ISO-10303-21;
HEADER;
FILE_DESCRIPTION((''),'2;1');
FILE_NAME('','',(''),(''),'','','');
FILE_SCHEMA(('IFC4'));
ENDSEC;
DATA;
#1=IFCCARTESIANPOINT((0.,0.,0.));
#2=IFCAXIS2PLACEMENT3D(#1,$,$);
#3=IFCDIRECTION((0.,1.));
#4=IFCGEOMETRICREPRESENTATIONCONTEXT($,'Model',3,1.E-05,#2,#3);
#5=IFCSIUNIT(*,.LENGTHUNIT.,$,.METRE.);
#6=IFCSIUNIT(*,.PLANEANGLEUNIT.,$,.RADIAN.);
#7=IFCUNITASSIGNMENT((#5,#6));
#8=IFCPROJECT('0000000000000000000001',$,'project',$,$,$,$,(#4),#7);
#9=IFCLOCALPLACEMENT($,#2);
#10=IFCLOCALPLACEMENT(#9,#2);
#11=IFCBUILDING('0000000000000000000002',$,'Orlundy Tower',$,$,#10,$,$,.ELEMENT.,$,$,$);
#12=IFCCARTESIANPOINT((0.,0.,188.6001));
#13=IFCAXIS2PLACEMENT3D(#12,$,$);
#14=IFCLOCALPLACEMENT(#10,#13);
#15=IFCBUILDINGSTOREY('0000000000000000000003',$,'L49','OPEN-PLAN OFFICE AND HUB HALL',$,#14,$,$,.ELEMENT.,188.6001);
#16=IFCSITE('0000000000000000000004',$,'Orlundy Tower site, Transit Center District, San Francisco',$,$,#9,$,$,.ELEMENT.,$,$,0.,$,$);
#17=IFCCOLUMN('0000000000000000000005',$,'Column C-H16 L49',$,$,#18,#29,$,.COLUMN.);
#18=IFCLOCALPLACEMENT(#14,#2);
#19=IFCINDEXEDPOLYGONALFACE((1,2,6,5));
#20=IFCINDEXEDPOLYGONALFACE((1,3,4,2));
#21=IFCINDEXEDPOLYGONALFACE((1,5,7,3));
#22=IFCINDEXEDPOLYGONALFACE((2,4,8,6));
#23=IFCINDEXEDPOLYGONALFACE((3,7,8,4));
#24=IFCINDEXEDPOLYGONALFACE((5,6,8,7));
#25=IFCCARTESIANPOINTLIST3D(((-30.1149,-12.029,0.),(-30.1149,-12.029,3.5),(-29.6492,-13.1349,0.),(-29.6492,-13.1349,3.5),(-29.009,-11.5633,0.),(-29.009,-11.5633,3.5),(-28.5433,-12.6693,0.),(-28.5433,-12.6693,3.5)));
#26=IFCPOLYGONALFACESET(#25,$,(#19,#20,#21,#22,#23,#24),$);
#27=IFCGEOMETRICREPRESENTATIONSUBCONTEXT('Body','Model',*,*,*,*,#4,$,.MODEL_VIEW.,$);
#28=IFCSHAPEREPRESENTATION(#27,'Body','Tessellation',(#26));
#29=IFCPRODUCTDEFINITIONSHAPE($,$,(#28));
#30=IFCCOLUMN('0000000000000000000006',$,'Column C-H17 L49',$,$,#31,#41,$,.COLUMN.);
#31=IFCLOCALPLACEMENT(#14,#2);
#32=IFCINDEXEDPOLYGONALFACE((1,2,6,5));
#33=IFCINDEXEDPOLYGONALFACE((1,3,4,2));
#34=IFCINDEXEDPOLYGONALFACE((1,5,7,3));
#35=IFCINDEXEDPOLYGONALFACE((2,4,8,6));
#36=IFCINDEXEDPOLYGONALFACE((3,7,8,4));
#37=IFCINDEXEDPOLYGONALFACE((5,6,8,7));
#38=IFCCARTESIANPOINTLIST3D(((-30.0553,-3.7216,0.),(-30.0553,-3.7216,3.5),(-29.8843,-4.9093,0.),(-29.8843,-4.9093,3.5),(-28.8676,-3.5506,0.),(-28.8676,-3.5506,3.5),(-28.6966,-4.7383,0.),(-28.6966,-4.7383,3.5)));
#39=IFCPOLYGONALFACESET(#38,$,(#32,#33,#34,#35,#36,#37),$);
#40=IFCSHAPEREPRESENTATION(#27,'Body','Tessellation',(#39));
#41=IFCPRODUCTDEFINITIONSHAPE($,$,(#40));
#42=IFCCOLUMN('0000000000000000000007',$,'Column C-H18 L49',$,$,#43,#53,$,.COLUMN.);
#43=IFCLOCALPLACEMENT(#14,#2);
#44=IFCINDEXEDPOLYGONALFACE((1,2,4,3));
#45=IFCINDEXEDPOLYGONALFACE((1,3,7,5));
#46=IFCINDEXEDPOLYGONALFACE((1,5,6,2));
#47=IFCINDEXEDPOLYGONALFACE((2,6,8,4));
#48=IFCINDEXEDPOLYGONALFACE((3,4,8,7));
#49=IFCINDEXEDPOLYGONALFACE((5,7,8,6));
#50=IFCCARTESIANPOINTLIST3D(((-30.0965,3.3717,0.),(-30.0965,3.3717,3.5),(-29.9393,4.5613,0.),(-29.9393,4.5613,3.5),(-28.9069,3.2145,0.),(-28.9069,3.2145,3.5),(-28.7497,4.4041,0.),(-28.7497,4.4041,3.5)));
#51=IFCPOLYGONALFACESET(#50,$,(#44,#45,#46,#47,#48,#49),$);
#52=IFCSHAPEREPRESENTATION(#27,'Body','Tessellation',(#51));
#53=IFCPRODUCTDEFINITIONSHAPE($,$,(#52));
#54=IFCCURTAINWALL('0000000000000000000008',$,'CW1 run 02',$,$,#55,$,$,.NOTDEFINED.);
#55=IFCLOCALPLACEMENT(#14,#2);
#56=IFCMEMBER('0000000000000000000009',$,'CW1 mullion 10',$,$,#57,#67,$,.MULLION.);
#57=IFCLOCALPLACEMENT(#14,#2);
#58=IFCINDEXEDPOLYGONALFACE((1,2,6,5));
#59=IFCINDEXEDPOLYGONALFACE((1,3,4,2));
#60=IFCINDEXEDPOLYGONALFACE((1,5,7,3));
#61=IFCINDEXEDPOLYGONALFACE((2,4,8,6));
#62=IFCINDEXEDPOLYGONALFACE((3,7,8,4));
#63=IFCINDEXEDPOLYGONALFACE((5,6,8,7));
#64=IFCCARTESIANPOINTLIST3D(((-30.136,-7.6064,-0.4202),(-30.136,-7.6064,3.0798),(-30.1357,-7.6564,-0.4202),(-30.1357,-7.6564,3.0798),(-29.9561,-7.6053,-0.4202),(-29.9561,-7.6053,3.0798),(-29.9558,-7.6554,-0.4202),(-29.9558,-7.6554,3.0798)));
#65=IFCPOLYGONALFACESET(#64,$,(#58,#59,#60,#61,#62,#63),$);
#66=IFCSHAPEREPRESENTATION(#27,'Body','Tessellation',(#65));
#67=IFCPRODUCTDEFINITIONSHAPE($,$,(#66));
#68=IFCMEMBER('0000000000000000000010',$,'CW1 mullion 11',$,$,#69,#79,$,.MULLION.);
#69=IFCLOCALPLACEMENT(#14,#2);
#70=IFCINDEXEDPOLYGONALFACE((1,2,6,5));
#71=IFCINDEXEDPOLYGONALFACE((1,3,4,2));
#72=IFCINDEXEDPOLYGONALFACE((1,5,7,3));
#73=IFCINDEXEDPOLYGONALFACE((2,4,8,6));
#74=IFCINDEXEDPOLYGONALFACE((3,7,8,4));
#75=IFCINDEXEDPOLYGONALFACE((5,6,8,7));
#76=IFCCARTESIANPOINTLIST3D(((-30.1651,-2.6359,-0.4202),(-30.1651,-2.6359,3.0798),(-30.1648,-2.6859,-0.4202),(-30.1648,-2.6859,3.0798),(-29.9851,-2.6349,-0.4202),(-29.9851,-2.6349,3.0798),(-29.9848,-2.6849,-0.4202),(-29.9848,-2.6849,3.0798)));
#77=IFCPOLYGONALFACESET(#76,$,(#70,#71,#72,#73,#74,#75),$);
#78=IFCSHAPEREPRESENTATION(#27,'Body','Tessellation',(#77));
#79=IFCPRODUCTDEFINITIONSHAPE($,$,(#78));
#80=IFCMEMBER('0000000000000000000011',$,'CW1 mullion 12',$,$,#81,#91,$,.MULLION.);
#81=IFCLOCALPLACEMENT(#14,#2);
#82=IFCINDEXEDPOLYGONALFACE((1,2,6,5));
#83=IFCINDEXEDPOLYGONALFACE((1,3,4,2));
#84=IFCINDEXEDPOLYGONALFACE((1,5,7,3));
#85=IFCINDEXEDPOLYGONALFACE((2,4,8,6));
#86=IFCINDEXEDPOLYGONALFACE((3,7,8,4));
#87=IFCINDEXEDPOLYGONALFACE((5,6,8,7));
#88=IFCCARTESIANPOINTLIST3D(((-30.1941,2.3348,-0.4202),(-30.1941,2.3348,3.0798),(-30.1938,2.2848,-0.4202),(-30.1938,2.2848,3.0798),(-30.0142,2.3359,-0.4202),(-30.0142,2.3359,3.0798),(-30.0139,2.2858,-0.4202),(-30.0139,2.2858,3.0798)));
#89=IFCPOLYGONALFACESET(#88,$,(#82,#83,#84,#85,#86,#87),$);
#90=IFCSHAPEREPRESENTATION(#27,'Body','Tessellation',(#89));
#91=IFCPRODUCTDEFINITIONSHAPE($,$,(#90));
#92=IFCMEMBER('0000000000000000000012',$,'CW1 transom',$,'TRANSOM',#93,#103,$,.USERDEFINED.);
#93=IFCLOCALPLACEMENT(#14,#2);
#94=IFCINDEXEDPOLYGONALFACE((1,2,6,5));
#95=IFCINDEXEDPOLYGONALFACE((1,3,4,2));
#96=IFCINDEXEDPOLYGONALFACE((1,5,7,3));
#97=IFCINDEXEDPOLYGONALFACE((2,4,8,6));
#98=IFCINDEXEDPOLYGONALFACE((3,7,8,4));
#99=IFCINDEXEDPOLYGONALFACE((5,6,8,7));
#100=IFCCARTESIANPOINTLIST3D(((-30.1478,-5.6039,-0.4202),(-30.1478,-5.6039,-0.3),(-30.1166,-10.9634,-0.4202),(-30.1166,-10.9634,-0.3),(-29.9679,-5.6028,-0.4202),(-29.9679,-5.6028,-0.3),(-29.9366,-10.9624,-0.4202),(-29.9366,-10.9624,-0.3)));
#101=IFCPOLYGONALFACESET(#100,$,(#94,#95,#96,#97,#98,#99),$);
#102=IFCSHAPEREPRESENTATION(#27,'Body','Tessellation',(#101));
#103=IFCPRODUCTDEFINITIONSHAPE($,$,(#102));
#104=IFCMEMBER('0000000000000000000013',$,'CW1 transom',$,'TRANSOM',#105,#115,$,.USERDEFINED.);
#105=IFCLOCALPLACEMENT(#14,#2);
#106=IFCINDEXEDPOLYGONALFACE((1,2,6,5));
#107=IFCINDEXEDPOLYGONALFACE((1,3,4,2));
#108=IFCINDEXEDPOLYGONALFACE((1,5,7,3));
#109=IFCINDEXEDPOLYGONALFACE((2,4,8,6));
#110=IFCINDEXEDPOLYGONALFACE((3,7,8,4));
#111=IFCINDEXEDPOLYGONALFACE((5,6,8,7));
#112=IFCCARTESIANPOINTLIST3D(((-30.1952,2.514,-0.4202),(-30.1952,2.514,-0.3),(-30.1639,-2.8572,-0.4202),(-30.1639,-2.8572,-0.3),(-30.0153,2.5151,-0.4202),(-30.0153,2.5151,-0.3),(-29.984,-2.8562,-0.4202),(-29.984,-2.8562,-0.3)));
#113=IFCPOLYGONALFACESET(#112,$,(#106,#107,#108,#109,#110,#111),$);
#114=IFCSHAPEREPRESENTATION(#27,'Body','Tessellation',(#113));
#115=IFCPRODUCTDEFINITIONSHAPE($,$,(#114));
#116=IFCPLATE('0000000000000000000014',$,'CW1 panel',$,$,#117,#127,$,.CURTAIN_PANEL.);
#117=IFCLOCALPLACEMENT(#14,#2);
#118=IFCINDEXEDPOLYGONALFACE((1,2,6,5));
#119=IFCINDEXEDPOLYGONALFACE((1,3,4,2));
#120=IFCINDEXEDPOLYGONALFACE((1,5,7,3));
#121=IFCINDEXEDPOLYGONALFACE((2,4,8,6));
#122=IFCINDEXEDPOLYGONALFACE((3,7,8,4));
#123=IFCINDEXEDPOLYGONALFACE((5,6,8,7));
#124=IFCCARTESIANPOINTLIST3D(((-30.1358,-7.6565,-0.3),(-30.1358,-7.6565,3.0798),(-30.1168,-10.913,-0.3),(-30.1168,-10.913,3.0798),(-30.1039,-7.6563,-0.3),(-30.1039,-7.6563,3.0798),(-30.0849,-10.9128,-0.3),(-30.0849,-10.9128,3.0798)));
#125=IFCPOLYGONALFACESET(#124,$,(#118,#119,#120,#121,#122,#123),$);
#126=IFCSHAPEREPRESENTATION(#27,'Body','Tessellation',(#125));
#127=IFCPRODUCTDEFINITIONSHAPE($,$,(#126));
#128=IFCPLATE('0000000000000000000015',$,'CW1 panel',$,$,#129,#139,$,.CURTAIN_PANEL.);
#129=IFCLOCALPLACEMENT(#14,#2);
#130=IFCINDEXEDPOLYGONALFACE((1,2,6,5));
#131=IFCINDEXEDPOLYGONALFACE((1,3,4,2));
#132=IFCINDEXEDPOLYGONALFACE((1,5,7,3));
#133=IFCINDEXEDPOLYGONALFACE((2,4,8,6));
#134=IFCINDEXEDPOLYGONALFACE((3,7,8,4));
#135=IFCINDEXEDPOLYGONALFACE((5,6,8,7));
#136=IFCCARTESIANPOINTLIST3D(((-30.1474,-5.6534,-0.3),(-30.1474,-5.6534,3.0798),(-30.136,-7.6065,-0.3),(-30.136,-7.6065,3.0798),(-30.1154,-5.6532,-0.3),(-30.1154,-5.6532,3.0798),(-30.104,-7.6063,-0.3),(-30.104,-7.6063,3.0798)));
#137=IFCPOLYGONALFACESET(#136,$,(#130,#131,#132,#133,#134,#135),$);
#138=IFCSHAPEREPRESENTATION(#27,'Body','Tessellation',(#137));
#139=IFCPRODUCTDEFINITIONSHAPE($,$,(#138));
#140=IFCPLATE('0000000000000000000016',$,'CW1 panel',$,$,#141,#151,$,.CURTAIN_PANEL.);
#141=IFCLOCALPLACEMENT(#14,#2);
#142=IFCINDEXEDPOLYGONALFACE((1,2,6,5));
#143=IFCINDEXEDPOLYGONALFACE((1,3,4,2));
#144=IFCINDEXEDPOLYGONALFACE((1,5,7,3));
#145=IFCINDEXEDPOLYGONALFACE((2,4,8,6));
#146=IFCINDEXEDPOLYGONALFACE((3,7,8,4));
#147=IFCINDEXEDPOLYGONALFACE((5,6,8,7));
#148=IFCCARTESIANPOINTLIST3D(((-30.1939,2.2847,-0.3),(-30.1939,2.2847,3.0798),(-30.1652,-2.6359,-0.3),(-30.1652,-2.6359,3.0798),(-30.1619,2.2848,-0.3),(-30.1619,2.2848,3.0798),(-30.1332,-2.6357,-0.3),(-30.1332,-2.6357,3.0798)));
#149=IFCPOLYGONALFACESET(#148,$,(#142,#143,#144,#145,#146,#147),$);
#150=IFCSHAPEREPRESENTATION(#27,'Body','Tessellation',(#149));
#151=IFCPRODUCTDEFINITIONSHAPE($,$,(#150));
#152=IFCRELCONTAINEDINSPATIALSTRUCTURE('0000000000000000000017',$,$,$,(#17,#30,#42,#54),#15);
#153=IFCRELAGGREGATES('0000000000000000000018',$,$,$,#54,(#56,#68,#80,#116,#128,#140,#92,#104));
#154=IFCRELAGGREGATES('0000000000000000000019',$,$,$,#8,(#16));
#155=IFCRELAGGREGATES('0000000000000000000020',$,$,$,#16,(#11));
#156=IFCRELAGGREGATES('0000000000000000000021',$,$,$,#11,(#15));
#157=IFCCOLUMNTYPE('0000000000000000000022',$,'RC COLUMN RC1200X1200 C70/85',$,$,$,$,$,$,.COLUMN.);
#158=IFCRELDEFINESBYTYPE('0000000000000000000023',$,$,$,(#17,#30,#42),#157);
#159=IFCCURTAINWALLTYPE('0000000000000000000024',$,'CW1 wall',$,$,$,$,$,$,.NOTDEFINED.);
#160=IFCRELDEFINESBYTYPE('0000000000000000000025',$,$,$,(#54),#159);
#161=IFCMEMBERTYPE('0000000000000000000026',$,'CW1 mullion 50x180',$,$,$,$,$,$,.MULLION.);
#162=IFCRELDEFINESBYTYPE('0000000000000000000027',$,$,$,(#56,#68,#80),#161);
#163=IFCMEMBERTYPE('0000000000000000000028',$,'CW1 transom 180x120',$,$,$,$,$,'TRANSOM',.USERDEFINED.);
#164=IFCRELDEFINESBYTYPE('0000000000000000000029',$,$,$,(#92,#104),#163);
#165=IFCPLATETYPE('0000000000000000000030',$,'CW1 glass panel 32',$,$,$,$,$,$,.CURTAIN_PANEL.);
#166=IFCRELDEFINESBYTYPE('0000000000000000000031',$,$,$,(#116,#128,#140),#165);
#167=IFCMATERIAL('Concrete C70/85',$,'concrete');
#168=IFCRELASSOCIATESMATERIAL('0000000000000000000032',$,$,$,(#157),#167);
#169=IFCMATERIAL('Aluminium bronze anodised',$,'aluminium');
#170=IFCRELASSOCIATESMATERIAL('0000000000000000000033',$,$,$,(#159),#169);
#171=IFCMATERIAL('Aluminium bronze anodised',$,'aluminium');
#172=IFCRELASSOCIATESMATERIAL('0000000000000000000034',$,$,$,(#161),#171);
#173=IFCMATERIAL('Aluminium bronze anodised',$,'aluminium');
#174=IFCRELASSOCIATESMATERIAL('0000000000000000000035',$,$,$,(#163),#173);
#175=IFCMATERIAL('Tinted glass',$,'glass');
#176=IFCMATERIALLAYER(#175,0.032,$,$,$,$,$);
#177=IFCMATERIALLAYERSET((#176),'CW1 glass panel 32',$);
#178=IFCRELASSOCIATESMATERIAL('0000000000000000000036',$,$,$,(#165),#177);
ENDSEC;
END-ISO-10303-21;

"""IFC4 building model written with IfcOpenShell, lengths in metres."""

from ifc_helpers import new_model, si_unit, direction, frame, origin, origin_2d, place, context, subcontext, project, spatial, rectangle, extrude, material, layer, layer_set, material_profile, profile_set, type_object, element, aggregate, save


model = new_model("IFC4")

# Units and contexts
model_context = context("Model", 3, precision=1e-05, world=origin(), true_north=direction((0.0, 1.0)))
body_context = subcontext(model_context, "Body", "Model", "MODEL_VIEW")
ifc_project = project(units=[si_unit("LENGTHUNIT", "METRE"), si_unit("PLANEANGLEUNIT", "RADIAN")], contexts=[model_context])

# Site, building, storey
site_placement = place(None, origin())
site = spatial("IfcSite", under=ifc_project, at=site_placement, Name="Orlundy Tower site, Transit Center District, San Francisco", CompositionType="ELEMENT", RefElevation=0.0)
building_placement = place(site_placement, origin())
building = spatial("IfcBuilding", under=site, at=building_placement, Name="Orlundy Tower", CompositionType="ELEMENT")
storey_placement = place(building_placement, frame((0.0, 0.0, 188.6001)))
storey = spatial("IfcBuildingStorey", under=building, at=storey_placement, Name="L49", Description="OPEN-PLAN OFFICE AND HUB HALL", CompositionType="ELEMENT", Elevation=188.6001)

# Columns
ifc_material_1 = material(Name="Concrete C70/85", Category="concrete")
ifc_material_profile_1 = material_profile(ifc_material_1, rectangle(XDim=1.2, YDim=1.2, at=origin_2d()), Name="RC1200X1200")
ifc_profile_set_1 = profile_set([ifc_material_profile_1], Name="Concrete C70/85")
column_type = type_object("IfcColumnType", Name="RC COLUMN RC1200X1200 C70/85", PredefinedType="COLUMN", material=ifc_profile_set_1)
for number, where, z_axis, x_axis, name in (
    (1, (-29.3291, -12.3491, 0.0), (0.0, 0.0, 1.0), (-0.921633, -0.388063, 0.0), "Column C-H16 L49"),
    (2, (-29.376, -4.23, 0.0), (0.0, 0.0, 1.0), (-0.989791, -0.142525, 0.0), "Column C-H17 L49"),
    (3, (-29.4231, 3.8879, 0.0), (0.0, 0.0, 1.0), (-0.991381, 0.131011, 0.0), "Column C-H18 L49"),
):
    element("IfcColumn", number, at=place(storey_placement, frame(where, z_axis=z_axis, x_axis=x_axis)), inside=storey, type_object=column_type, Name=name, PredefinedType="COLUMN", context=body_context, shape_type="SweptSolid", body=[
        extrude(rectangle(XDim=1.2, YDim=1.2, at=origin_2d()), origin(), (0.0, 0.0, 1.0), 3.5),
    ])

# Curtain wall, members, plates
ifc_material_2 = material(Name="Aluminium bronze anodised", Category="aluminium")
curtain_wall_type = type_object("IfcCurtainWallType", Name="CW1 wall", PredefinedType="NOTDEFINED", material=ifc_material_2)
curtain_wall_placement = place(storey_placement, origin())
curtain_wall = element("IfcCurtainWall", 4, at=curtain_wall_placement, inside=storey, type_object=curtain_wall_type, Name="CW1 run 02", PredefinedType="NOTDEFINED")
ifc_material_3 = material(Name="Aluminium bronze anodised", Category="aluminium")
ifc_material_profile_2 = material_profile(ifc_material_3, rectangle(XDim=0.1799, YDim=0.05, at=origin_2d()), Name="CW1 mullion 50x180")
ifc_profile_set_2 = profile_set([ifc_material_profile_2], Name="Aluminium bronze anodised")
member_type_1 = type_object("IfcMemberType", Name="CW1 mullion 50x180", PredefinedType="MULLION", material=ifc_profile_set_2)
member_1_placement = place(storey_placement, frame((-30.0459, -7.6309, -0.4202), z_axis=(0.0, 0.0, 1.0), x_axis=(-0.999983, -0.005834, 0.0)))
member_1 = element("IfcMember", 5, at=member_1_placement, type_object=member_type_1, Name="CW1 mullion 10", PredefinedType="MULLION", context=body_context, shape_type="SweptSolid", body=[
    extrude(rectangle(XDim=0.1799, YDim=0.05, at=origin_2d()), origin(), (0.0, 0.0, 1.0), 3.5),
])
member_2_placement = place(storey_placement, frame((-30.075, -2.6604, -0.4202), z_axis=(0.0, 0.0, 1.0), x_axis=(-0.999983, -0.005834, 0.0)))
member_2 = element("IfcMember", 6, at=member_2_placement, type_object=member_type_1, Name="CW1 mullion 11", PredefinedType="MULLION", context=body_context, shape_type="SweptSolid", body=[
    extrude(rectangle(XDim=0.1799, YDim=0.05, at=origin_2d()), origin(), (0.0, 0.0, 1.0), 3.5),
])
member_3_placement = place(storey_placement, frame((-30.104, 2.3103, -0.4202), z_axis=(0.0, 0.0, 1.0), x_axis=(-0.999983, -0.005834, 0.0)))
member_3 = element("IfcMember", 7, at=member_3_placement, type_object=member_type_1, Name="CW1 mullion 12", PredefinedType="MULLION", context=body_context, shape_type="SweptSolid", body=[
    extrude(rectangle(XDim=0.1799, YDim=0.05, at=origin_2d()), origin(), (0.0, 0.0, 1.0), 3.5),
])
ifc_material_4 = material(Name="Aluminium bronze anodised", Category="aluminium")
ifc_material_profile_3 = material_profile(ifc_material_4, rectangle(XDim=0.1799, YDim=0.1201, at=origin_2d()), Name="CW1 transom 180x120")
ifc_profile_set_3 = profile_set([ifc_material_profile_3], Name="Aluminium bronze anodised")
member_type_2 = type_object("IfcMemberType", Name="CW1 transom 180x120", ElementType="TRANSOM", PredefinedType="USERDEFINED", material=ifc_profile_set_3)
member_4_placement = place(storey_placement, frame((-30.0266, -10.9629, -0.3601), z_axis=(-0.005831, 0.999983, 0.0), x_axis=(-0.999983, -0.005831, 0.0)))
member_4 = element("IfcMember", 8, at=member_4_placement, type_object=member_type_2, Name="CW1 transom", ObjectType="TRANSOM", PredefinedType="USERDEFINED", context=body_context, shape_type="SweptSolid", body=[
    extrude(rectangle(XDim=0.1799, YDim=0.1201, at=origin_2d()), origin(), (0.0, 0.0, 1.0), 5.3596),
])
member_5_placement = place(storey_placement, frame((-30.074, -2.8567, -0.3601), z_axis=(-0.005818, 0.999983, 0.0), x_axis=(-0.999983, -0.005818, 0.0)))
member_5 = element("IfcMember", 9, at=member_5_placement, type_object=member_type_2, Name="CW1 transom", ObjectType="TRANSOM", PredefinedType="USERDEFINED", context=body_context, shape_type="SweptSolid", body=[
    extrude(rectangle(XDim=0.1799, YDim=0.1201, at=origin_2d()), origin(), (0.0, 0.0, 1.0), 5.3713),
])
ifc_material_5 = material(Name="Tinted glass", Category="glass")
ifc_layer_1 = layer(ifc_material_5, 0.032)
ifc_layer_set_1 = layer_set([ifc_layer_1], Name="CW1 glass panel 32")
plate_type = type_object("IfcPlateType", Name="CW1 glass panel 32", PredefinedType="CURTAIN_PANEL", material=ifc_layer_set_1)
plate_1_placement = place(storey_placement, frame((-30.1104, -9.2847, -0.3), z_axis=(0.0, 0.0, 1.0), x_axis=(-0.005834, 0.999983, 0.0)))
plate_1 = element("IfcPlate", 10, at=plate_1_placement, type_object=plate_type, Name="CW1 panel", PredefinedType="CURTAIN_PANEL", context=body_context, shape_type="SweptSolid", body=[
    extrude(rectangle(XDim=3.2566, YDim=0.032, at=origin_2d()), origin(), (0.0, 0.0, 1.0), 3.3799),
])
plate_2_placement = place(storey_placement, frame((-30.1257, -6.6299, -0.3), z_axis=(0.0, 0.0, 1.0), x_axis=(-0.005834, 0.999983, 0.0)))
plate_2 = element("IfcPlate", 11, at=plate_2_placement, type_object=plate_type, Name="CW1 panel", PredefinedType="CURTAIN_PANEL", context=body_context, shape_type="SweptSolid", body=[
    extrude(rectangle(XDim=1.9531, YDim=0.032, at=origin_2d()), origin(), (0.0, 0.0, 1.0), 3.3799),
])
plate_3_placement = place(storey_placement, frame((-30.1636, -0.1755, -0.3), z_axis=(0.0, 0.0, 1.0), x_axis=(-0.005834, 0.999983, 0.0)))
plate_3 = element("IfcPlate", 12, at=plate_3_placement, type_object=plate_type, Name="CW1 panel", PredefinedType="CURTAIN_PANEL", context=body_context, shape_type="SweptSolid", body=[
    extrude(rectangle(XDim=4.9207, YDim=0.032, at=origin_2d()), origin(), (0.0, 0.0, 1.0), 3.3799),
])
aggregate(curtain_wall, [member_1, member_2, member_3, plate_1, plate_2, plate_3, member_4, member_5])

save(model, "model.ifc")
